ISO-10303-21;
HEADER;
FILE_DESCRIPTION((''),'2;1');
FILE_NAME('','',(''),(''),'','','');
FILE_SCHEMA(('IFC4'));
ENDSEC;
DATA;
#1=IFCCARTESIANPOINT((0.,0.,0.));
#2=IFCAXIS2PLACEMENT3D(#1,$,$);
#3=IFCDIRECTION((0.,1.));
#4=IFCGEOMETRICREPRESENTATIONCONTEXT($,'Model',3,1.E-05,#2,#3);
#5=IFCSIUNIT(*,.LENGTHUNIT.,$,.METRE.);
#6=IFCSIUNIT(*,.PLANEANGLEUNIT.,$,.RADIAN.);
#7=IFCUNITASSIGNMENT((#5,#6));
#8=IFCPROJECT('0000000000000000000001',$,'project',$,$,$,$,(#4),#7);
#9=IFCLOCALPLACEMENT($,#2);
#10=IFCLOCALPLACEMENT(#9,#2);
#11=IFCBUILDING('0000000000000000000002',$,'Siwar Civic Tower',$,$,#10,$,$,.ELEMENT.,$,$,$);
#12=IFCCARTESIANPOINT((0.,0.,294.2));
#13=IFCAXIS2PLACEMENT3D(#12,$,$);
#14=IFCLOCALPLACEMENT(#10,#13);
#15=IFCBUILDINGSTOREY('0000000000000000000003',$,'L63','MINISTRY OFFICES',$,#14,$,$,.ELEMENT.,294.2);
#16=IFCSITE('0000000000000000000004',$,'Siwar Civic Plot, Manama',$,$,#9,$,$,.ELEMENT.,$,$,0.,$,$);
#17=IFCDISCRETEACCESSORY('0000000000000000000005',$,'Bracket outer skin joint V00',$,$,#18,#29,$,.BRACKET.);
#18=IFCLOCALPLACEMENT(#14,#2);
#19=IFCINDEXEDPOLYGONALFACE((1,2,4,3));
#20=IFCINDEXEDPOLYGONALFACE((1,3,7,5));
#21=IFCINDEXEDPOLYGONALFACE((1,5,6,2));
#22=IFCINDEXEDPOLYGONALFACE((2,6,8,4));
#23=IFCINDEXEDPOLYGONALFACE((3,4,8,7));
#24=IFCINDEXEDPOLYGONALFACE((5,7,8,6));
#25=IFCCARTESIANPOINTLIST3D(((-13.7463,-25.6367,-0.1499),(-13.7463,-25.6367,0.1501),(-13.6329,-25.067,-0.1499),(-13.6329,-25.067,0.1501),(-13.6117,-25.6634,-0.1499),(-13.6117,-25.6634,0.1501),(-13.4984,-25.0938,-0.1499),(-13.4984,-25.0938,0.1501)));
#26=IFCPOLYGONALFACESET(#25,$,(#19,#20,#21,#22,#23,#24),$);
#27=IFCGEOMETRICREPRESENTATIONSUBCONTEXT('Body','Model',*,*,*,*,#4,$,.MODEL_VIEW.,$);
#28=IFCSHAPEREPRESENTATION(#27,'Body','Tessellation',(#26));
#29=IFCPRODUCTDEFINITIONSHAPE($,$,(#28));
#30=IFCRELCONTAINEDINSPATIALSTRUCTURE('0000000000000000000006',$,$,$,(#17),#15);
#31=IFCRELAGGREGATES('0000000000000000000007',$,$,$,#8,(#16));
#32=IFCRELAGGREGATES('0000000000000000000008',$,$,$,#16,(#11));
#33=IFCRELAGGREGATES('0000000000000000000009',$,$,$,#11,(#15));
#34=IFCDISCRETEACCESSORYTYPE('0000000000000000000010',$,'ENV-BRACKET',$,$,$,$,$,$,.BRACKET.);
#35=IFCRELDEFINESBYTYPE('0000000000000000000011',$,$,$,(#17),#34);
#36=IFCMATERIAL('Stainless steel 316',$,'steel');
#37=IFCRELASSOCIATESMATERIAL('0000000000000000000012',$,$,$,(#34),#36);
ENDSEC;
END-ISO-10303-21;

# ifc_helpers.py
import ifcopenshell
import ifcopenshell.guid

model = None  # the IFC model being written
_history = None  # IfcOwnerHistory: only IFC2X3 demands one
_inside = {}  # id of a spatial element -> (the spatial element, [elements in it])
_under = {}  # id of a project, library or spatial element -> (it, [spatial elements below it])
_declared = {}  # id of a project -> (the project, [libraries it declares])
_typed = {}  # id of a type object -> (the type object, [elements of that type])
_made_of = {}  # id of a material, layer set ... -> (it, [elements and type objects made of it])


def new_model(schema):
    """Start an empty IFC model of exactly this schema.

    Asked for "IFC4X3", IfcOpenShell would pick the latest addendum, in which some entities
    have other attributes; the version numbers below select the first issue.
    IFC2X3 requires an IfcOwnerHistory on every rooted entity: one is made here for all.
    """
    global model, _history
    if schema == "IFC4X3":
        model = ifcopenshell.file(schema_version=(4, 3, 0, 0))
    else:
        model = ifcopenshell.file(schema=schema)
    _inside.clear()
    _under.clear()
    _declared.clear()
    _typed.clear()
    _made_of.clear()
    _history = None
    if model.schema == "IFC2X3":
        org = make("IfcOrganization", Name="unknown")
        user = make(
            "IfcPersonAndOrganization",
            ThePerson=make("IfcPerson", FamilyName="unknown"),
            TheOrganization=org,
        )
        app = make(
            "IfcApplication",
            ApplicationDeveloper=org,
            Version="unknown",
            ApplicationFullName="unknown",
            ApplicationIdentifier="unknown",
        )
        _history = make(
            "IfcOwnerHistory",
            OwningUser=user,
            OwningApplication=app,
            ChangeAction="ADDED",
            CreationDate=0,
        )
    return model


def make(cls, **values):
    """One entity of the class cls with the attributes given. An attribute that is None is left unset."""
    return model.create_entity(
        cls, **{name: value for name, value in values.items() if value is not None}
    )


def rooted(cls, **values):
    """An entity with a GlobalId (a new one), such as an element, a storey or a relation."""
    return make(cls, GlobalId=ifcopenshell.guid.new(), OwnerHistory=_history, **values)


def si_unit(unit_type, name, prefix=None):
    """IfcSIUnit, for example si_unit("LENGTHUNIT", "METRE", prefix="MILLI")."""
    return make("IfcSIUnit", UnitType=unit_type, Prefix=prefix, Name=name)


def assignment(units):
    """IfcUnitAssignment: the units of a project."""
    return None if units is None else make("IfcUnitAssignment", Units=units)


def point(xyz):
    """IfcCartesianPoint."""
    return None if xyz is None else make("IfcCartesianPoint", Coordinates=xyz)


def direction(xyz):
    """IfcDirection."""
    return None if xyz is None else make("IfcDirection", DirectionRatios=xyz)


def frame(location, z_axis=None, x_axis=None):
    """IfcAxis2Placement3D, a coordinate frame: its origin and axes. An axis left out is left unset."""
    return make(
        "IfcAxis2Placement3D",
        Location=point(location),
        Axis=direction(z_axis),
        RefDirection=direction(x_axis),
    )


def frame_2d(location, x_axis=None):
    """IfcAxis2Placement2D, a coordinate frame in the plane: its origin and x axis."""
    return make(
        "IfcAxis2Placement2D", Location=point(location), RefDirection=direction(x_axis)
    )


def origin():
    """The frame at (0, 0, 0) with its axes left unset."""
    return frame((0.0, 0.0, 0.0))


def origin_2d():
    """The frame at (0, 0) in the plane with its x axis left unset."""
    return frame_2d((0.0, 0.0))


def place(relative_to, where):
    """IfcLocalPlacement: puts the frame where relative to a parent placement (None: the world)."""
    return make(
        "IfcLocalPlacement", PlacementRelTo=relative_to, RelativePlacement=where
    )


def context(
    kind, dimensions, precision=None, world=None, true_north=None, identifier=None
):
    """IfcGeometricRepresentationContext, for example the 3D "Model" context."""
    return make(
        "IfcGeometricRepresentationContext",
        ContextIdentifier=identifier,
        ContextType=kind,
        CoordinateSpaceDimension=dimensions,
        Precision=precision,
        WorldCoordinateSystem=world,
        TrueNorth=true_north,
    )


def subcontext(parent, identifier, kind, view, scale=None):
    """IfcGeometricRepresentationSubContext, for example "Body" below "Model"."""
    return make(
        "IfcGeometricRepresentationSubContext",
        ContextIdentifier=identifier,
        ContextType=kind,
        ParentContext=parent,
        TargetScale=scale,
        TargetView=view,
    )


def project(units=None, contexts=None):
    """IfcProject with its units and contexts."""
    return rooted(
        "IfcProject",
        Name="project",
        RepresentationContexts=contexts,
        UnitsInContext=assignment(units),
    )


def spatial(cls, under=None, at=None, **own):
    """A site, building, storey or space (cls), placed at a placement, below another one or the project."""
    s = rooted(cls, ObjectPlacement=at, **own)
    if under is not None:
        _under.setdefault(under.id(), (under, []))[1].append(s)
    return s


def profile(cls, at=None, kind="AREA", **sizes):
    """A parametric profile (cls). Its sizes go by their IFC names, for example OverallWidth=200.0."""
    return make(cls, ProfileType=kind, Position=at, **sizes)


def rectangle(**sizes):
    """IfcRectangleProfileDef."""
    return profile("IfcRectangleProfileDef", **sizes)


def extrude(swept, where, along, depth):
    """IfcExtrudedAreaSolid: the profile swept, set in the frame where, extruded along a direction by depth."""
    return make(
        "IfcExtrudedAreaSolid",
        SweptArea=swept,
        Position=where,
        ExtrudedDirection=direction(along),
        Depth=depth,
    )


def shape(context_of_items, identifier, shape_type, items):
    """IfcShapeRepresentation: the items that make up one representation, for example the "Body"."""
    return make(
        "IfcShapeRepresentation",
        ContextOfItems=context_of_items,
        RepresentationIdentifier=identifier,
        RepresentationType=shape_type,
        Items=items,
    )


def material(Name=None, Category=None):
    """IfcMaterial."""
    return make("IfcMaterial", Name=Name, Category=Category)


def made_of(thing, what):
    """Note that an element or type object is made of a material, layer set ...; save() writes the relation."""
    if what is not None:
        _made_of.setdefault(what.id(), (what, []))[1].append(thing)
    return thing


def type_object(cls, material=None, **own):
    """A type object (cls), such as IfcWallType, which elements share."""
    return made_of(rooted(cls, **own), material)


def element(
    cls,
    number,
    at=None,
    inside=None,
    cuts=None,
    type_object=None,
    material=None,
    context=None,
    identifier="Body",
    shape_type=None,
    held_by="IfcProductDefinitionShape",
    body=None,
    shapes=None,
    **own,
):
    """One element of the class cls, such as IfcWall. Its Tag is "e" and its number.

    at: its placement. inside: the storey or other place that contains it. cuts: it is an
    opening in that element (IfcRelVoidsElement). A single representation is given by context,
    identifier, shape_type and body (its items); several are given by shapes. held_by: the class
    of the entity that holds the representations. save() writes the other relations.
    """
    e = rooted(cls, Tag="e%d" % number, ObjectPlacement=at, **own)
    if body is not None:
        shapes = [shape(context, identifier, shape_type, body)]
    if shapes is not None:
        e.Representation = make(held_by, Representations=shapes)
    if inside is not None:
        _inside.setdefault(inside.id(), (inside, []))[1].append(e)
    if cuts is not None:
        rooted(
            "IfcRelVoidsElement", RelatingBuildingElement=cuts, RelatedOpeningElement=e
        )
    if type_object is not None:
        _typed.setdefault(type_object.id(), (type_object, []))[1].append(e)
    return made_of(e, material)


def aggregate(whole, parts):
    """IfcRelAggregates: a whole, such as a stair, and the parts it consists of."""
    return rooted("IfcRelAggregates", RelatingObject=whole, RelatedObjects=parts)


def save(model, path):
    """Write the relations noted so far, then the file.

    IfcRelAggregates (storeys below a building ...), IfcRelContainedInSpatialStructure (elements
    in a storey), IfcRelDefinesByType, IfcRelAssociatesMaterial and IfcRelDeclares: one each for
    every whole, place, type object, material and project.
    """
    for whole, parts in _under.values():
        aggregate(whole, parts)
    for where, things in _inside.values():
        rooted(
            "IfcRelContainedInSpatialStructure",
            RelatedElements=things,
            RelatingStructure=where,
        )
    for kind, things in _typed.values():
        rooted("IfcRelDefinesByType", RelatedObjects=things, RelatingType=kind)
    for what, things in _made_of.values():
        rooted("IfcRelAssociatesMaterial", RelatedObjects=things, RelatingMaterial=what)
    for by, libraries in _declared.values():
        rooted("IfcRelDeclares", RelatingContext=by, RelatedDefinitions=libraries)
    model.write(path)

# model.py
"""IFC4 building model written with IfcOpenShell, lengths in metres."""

from ifc_helpers import new_model, si_unit, direction, frame, origin, origin_2d, place, context, subcontext, project, spatial, rectangle, extrude, material, type_object, element, save


model = new_model("IFC4")

# Units and contexts
model_context = context("Model", 3, precision=1e-05, world=origin(), true_north=direction((0.0, 1.0)))
body_context = subcontext(model_context, "Body", "Model", "MODEL_VIEW")
ifc_project = project(units=[si_unit("LENGTHUNIT", "METRE"), si_unit("PLANEANGLEUNIT", "RADIAN")], contexts=[model_context])

# Site, building, storey
site_placement = place(None, origin())
site = spatial("IfcSite", under=ifc_project, at=site_placement, Name="Siwar Civic Plot, Manama", CompositionType="ELEMENT", RefElevation=0.0)
building_placement = place(site_placement, origin())
building = spatial("IfcBuilding", under=site, at=building_placement, Name="Siwar Civic Tower", CompositionType="ELEMENT")
storey_placement = place(building_placement, frame((0.0, 0.0, 294.2)))
storey = spatial("IfcBuildingStorey", under=building, at=storey_placement, Name="L63", Description="MINISTRY OFFICES", CompositionType="ELEMENT", Elevation=294.2)

# Discrete accessory
ifc_material_1 = material(Name="Stainless steel 316", Category="steel")
discrete_accessory_type = type_object("IfcDiscreteAccessoryType", Name="ENV-BRACKET", PredefinedType="BRACKET", material=ifc_material_1)
discrete_accessory_placement = place(storey_placement, frame((-13.6223, -25.3652, -0.1499), z_axis=(0.0, 0.0, 1.0), x_axis=(-0.19509, -0.980785, 0.0)))
element("IfcDiscreteAccessory", 1, at=discrete_accessory_placement, inside=storey, type_object=discrete_accessory_type, Name="Bracket outer skin joint V00", PredefinedType="BRACKET", context=body_context, shape_type="SweptSolid", body=[
    extrude(rectangle(XDim=0.5808, YDim=0.1372, at=origin_2d()), origin(), (0.0, 0.0, 1.0), 0.3),
])

save(model, "model.ifc")
